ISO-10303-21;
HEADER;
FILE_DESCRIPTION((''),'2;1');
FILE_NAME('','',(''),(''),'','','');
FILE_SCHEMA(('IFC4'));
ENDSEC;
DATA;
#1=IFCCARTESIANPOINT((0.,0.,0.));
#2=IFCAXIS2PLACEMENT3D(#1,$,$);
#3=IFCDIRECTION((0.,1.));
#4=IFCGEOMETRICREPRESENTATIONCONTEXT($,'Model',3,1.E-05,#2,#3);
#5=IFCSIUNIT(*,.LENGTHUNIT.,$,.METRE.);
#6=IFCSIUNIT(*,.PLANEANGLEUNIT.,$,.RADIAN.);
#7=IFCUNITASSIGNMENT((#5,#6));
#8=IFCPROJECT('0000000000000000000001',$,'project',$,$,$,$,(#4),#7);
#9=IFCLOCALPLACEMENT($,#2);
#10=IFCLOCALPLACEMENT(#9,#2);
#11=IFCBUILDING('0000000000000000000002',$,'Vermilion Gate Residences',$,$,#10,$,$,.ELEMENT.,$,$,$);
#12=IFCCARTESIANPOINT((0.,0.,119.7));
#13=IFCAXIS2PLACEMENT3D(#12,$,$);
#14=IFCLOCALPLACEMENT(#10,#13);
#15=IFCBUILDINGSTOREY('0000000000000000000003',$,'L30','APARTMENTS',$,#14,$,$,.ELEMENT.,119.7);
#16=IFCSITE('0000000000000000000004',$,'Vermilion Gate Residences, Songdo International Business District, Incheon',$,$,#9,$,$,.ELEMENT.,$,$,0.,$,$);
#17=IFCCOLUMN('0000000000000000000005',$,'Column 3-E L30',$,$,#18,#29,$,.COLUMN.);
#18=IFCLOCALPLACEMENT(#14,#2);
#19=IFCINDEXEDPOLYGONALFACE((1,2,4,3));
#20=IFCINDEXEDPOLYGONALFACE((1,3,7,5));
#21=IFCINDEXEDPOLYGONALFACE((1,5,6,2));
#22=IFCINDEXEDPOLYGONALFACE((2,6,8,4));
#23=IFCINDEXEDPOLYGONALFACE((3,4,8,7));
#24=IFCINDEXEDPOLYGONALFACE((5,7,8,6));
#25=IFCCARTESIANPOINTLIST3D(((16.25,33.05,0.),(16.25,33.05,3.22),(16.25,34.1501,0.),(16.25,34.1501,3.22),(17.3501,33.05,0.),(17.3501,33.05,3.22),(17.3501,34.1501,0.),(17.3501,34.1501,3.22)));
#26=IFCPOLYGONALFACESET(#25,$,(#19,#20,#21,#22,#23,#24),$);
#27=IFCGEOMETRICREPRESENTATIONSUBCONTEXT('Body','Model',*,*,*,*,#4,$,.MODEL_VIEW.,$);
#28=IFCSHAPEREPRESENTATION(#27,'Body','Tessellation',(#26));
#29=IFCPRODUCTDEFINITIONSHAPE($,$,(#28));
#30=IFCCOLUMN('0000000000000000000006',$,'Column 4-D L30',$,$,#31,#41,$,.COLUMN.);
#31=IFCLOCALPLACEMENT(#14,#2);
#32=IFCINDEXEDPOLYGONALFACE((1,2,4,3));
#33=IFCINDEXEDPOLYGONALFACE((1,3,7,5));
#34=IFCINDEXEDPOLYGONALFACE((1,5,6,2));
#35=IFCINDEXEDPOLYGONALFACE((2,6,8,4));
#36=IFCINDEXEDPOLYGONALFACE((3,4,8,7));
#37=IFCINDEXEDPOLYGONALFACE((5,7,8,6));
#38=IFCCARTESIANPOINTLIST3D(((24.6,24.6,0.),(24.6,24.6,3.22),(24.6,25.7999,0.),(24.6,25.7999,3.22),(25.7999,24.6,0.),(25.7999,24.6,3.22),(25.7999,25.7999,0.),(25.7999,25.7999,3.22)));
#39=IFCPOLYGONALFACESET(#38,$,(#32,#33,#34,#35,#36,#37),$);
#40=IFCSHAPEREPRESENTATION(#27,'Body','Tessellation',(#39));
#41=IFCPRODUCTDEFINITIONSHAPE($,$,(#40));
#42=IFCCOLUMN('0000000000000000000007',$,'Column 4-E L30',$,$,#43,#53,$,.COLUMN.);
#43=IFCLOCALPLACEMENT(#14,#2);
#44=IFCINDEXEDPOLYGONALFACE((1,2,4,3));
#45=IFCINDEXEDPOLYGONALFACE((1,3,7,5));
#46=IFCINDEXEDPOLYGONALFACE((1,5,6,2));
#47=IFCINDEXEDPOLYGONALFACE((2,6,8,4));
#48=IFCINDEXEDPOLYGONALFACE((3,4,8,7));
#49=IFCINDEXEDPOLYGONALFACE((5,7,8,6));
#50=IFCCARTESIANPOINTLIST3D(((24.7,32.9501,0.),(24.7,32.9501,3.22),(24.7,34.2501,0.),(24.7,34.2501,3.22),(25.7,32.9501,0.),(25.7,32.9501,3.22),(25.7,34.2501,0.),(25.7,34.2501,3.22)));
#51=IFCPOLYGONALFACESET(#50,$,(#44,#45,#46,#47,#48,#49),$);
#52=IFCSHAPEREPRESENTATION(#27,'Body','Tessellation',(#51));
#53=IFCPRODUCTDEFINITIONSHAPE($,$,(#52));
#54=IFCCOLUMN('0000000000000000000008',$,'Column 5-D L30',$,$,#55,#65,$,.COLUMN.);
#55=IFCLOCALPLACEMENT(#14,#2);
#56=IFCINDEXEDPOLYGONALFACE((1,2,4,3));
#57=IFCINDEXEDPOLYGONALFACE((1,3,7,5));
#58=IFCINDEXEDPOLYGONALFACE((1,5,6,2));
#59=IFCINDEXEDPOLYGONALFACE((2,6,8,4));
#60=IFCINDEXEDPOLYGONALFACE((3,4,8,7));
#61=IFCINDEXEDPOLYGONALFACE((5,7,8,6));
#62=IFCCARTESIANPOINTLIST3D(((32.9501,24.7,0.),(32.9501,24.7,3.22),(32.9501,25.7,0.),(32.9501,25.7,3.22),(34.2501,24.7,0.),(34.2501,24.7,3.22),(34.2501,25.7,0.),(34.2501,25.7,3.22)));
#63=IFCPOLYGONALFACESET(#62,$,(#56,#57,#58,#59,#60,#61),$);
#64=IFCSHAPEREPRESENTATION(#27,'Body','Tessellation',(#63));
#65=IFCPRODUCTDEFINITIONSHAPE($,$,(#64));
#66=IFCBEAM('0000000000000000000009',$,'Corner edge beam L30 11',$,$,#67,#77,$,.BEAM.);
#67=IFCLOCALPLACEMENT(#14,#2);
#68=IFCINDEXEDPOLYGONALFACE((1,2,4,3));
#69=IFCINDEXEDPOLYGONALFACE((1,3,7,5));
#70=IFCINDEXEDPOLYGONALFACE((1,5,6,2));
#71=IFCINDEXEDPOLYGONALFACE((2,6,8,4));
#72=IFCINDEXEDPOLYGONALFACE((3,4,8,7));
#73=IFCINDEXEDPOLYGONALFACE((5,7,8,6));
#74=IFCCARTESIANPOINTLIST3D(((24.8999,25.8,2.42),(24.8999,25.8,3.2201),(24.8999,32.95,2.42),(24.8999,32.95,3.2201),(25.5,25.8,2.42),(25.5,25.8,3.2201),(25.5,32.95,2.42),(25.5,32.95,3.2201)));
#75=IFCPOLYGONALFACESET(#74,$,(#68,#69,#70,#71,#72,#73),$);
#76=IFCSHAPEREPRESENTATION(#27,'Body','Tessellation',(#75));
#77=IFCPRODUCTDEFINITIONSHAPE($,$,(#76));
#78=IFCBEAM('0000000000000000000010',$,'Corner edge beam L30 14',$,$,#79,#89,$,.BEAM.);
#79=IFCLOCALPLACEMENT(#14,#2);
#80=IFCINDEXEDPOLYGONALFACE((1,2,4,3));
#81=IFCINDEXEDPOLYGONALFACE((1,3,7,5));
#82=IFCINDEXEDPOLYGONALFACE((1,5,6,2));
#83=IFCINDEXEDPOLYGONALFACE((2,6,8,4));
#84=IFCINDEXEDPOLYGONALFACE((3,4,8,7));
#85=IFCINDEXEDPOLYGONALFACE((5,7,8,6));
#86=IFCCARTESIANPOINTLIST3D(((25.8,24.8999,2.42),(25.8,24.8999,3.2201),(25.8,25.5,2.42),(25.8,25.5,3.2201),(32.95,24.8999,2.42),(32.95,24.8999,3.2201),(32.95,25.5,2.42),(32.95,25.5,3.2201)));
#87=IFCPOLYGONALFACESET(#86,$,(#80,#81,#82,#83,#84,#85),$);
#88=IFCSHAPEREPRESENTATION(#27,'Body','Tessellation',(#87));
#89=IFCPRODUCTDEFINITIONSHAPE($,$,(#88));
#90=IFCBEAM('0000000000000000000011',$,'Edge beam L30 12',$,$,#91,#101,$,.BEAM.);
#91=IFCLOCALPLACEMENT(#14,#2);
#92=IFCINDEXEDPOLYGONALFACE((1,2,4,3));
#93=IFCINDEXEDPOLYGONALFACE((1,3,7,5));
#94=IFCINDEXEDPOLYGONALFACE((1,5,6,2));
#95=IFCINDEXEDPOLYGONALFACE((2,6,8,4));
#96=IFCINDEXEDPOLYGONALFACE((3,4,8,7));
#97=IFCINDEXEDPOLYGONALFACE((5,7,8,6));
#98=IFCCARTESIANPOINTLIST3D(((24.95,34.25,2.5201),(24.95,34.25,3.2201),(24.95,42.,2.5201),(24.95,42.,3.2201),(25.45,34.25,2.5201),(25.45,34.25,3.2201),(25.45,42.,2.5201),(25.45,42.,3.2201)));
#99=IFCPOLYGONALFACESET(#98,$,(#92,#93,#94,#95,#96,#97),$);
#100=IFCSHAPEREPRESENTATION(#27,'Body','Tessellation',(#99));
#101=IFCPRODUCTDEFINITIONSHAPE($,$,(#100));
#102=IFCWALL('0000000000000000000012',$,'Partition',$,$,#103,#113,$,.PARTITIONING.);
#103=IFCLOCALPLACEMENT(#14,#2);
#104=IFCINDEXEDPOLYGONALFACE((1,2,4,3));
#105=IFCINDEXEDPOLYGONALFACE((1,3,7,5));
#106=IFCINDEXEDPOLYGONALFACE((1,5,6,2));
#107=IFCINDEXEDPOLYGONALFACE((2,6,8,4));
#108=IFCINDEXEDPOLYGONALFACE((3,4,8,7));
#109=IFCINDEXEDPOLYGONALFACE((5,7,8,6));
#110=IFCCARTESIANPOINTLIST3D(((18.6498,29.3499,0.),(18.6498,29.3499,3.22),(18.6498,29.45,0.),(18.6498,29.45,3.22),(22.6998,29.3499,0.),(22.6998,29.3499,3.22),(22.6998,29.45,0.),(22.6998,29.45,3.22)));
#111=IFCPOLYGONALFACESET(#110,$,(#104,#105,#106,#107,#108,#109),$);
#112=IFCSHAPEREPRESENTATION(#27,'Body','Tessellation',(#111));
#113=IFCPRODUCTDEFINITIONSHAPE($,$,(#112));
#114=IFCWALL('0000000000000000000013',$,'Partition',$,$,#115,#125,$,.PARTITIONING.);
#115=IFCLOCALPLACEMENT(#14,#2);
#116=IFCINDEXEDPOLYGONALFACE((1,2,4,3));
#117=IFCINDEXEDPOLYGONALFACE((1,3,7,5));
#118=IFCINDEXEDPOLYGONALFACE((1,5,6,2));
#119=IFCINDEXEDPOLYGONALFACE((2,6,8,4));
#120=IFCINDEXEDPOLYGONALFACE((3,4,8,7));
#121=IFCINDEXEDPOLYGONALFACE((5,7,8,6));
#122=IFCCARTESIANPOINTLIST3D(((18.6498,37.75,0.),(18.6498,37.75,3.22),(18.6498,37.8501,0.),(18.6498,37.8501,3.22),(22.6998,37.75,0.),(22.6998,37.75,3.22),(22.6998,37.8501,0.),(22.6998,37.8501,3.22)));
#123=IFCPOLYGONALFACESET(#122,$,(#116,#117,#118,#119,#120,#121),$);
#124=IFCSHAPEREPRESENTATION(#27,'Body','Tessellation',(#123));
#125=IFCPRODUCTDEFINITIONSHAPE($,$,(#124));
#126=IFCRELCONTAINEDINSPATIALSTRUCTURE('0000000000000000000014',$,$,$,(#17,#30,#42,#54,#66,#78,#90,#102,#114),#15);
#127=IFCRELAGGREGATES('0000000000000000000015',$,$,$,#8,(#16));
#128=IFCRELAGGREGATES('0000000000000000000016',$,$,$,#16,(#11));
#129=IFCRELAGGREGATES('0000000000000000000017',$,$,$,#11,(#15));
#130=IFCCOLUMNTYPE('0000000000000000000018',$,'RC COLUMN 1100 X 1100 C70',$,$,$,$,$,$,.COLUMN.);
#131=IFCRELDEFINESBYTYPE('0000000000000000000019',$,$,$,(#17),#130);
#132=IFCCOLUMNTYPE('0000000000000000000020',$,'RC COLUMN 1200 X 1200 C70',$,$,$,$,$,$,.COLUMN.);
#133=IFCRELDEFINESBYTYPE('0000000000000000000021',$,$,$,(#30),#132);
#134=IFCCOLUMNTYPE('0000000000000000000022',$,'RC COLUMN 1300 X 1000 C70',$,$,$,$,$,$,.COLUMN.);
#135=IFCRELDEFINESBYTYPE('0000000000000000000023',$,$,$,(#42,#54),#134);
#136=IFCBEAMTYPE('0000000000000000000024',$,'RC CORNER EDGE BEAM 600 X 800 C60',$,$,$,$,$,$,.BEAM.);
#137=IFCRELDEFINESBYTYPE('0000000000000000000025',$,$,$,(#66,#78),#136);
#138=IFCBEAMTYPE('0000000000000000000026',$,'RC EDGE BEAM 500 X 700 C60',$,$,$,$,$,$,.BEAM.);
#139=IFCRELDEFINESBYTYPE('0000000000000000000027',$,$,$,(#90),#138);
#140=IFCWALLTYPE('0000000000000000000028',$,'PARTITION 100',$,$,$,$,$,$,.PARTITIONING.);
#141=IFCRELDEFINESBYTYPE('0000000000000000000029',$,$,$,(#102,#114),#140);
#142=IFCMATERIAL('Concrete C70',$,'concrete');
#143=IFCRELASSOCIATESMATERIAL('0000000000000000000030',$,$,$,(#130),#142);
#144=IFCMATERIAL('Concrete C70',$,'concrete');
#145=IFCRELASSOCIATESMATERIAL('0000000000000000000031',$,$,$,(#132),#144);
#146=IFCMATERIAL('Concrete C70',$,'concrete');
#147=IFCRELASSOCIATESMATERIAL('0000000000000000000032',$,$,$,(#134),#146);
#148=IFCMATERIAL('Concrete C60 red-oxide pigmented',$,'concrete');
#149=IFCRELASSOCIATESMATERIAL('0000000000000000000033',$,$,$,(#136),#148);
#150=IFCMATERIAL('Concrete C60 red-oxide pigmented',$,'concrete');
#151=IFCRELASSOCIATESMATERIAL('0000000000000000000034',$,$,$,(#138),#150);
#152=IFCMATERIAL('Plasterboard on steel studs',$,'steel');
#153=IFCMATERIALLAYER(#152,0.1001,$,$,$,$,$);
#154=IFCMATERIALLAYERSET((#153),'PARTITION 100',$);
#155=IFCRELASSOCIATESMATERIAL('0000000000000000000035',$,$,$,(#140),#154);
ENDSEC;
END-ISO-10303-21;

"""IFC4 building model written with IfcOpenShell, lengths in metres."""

from ifc_helpers import new_model, si_unit, direction, frame, frame_2d, origin, origin_2d, place, context, subcontext, project, spatial, rectangle, extrude, material, layer, layer_set, material_profile, profile_set, type_object, element, save


model = new_model("IFC4")

# Units and contexts
model_context = context("Model", 3, precision=1e-05, world=origin(), true_north=direction((0.0, 1.0)))
body_context = subcontext(model_context, "Body", "Model", "MODEL_VIEW")
ifc_project = project(units=[si_unit("LENGTHUNIT", "METRE"), si_unit("PLANEANGLEUNIT", "RADIAN")], contexts=[model_context])

# Site, building, storey
site_placement = place(None, origin())
site = spatial("IfcSite", under=ifc_project, at=site_placement, Name="Vermilion Gate Residences, Songdo International Business District, Incheon", CompositionType="ELEMENT", RefElevation=0.0)
building_placement = place(site_placement, origin())
building = spatial("IfcBuilding", under=site, at=building_placement, Name="Vermilion Gate Residences", CompositionType="ELEMENT")
storey_placement = place(building_placement, frame((0.0, 0.0, 119.7)))
storey = spatial("IfcBuildingStorey", under=building, at=storey_placement, Name="L30", Description="APARTMENTS", CompositionType="ELEMENT", Elevation=119.7)

# Columns
ifc_material_1 = material(Name="Concrete C70", Category="concrete")
ifc_material_profile_1 = material_profile(ifc_material_1, rectangle(XDim=1.1001, YDim=1.1001, at=origin_2d()), Name="RC-1100x1100")
ifc_profile_set_1 = profile_set([ifc_material_profile_1], Name="Concrete C70")
column_type_1 = type_object("IfcColumnType", Name="RC COLUMN 1100 X 1100 C70", PredefinedType="COLUMN", material=ifc_profile_set_1)
column_1_placement = place(storey_placement, frame((16.8, 33.6001, 0.0), z_axis=(0.0, 0.0, 1.0), x_axis=(1.0, 0.0, 0.0)))
element("IfcColumn", 1, at=column_1_placement, inside=storey, type_object=column_type_1, Name="Column 3-E L30", PredefinedType="COLUMN", context=body_context, shape_type="SweptSolid", body=[
    extrude(rectangle(XDim=1.1001, YDim=1.1001, at=origin_2d()), origin(), (0.0, 0.0, 1.0), 3.22),
])
ifc_material_2 = material(Name="Concrete C70", Category="concrete")
ifc_material_profile_2 = material_profile(ifc_material_2, rectangle(XDim=1.2, YDim=1.2, at=origin_2d()), Name="RC-1200x1200")
ifc_profile_set_2 = profile_set([ifc_material_profile_2], Name="Concrete C70")
column_type_2 = type_object("IfcColumnType", Name="RC COLUMN 1200 X 1200 C70", PredefinedType="COLUMN", material=ifc_profile_set_2)
column_2_placement = place(storey_placement, frame((25.2, 25.2, 0.0), z_axis=(0.0, 0.0, 1.0), x_axis=(1.0, 0.0, 0.0)))
element("IfcColumn", 2, at=column_2_placement, inside=storey, type_object=column_type_2, Name="Column 4-D L30", PredefinedType="COLUMN", context=body_context, shape_type="SweptSolid", body=[
    extrude(rectangle(XDim=1.2, YDim=1.2, at=origin_2d()), origin(), (0.0, 0.0, 1.0), 3.22),
])
ifc_material_3 = material(Name="Concrete C70", Category="concrete")
ifc_material_profile_3 = material_profile(ifc_material_3, rectangle(XDim=1.3, YDim=1.0, at=origin_2d()), Name="RC-1300x1000")
ifc_profile_set_3 = profile_set([ifc_material_profile_3], Name="Concrete C70")
column_type_3 = type_object("IfcColumnType", Name="RC COLUMN 1300 X 1000 C70", PredefinedType="COLUMN", material=ifc_profile_set_3)
for number, where, z_axis, x_axis, name in (
    (3, (25.2, 33.6001, 0.0), (0.0, 0.0, 1.0), (0.0, 1.0, 0.0), "Column 4-E L30"),
    (4, (33.6001, 25.2, 0.0), (0.0, 0.0, 1.0), (1.0, 0.0, 0.0), "Column 5-D L30"),
):
    element("IfcColumn", number, at=place(storey_placement, frame(where, z_axis=z_axis, x_axis=x_axis)), inside=storey, type_object=column_type_3, Name=name, PredefinedType="COLUMN", context=body_context, shape_type="SweptSolid", body=[
        extrude(rectangle(XDim=1.3, YDim=1.0, at=origin_2d()), origin(), (0.0, 0.0, 1.0), 3.22),
    ])

# Beams
ifc_material_4 = material(Name="Concrete C60 red-oxide pigmented", Category="concrete")
ifc_material_profile_4 = material_profile(ifc_material_4, rectangle(XDim=0.6001, YDim=0.8, at=origin_2d()), Name="RC-600x800")
ifc_profile_set_4 = profile_set([ifc_material_profile_4], Name="Concrete C60 red-oxide pigmented")
beam_type_1 = type_object("IfcBeamType", Name="RC CORNER EDGE BEAM 600 X 800 C60", PredefinedType="BEAM", material=ifc_profile_set_4)
for number, where, z_axis, x_axis, name in (
    (5, (25.2, 25.8, 2.8201), (0.0, 1.0, 0.0), (-1.0, 0.0, 0.0), "Corner edge beam L30 11"),
    (6, (25.8, 25.2, 2.8201), (1.0, 0.0, 0.0), (0.0, 1.0, 0.0), "Corner edge beam L30 14"),
):
    element("IfcBeam", number, at=place(storey_placement, frame(where, z_axis=z_axis, x_axis=x_axis)), inside=storey, type_object=beam_type_1, Name=name, PredefinedType="BEAM", context=body_context, shape_type="SweptSolid", body=[
        extrude(rectangle(XDim=0.6001, YDim=0.8, at=origin_2d()), origin(), (0.0, 0.0, 1.0), 7.1499),
    ])
ifc_material_5 = material(Name="Concrete C60 red-oxide pigmented", Category="concrete")
ifc_material_profile_5 = material_profile(ifc_material_5, rectangle(XDim=0.5, YDim=0.7, at=origin_2d()), Name="RC-500x700")
ifc_profile_set_5 = profile_set([ifc_material_profile_5], Name="Concrete C60 red-oxide pigmented")
beam_type_2 = type_object("IfcBeamType", Name="RC EDGE BEAM 500 X 700 C60", PredefinedType="BEAM", material=ifc_profile_set_5)
beam_placement = place(storey_placement, frame((25.2, 34.25, 2.8701), z_axis=(0.0, 1.0, 0.0), x_axis=(-1.0, 0.0, 0.0)))
element("IfcBeam", 7, at=beam_placement, inside=storey, type_object=beam_type_2, Name="Edge beam L30 12", PredefinedType="BEAM", context=body_context, shape_type="SweptSolid", body=[
    extrude(rectangle(XDim=0.5, YDim=0.7, at=origin_2d()), origin(), (0.0, 0.0, 1.0), 7.75),
])

# Walls
ifc_material_6 = material(Name="Plasterboard on steel studs", Category="steel")
ifc_layer_1 = layer(ifc_material_6, 0.1001)
ifc_layer_set_1 = layer_set([ifc_layer_1], Name="PARTITION 100")
wall_type = type_object("IfcWallType", Name="PARTITION 100", PredefinedType="PARTITIONING", material=ifc_layer_set_1)
for number, where, z_axis, x_axis, name in (
    (8, (18.6499, 29.3999, 0.0), (0.0, 0.0, 1.0), (1.0, 0.0, 0.0), "Partition"),
    (9, (18.6499, 37.8, 0.0), (0.0, 0.0, 1.0), (1.0, 0.0, 0.0), "Partition"),
):
    element("IfcWall", number, at=place(storey_placement, frame(where, z_axis=z_axis, x_axis=x_axis)), inside=storey, type_object=wall_type, Name=name, PredefinedType="PARTITIONING", context=body_context, shape_type="SweptSolid", body=[
        extrude(rectangle(XDim=4.05, YDim=0.1001, at=frame_2d((2.0249, 0.0))), origin(), (0.0, 0.0, 1.0), 3.22),
    ])

save(model, "model.ifc")
